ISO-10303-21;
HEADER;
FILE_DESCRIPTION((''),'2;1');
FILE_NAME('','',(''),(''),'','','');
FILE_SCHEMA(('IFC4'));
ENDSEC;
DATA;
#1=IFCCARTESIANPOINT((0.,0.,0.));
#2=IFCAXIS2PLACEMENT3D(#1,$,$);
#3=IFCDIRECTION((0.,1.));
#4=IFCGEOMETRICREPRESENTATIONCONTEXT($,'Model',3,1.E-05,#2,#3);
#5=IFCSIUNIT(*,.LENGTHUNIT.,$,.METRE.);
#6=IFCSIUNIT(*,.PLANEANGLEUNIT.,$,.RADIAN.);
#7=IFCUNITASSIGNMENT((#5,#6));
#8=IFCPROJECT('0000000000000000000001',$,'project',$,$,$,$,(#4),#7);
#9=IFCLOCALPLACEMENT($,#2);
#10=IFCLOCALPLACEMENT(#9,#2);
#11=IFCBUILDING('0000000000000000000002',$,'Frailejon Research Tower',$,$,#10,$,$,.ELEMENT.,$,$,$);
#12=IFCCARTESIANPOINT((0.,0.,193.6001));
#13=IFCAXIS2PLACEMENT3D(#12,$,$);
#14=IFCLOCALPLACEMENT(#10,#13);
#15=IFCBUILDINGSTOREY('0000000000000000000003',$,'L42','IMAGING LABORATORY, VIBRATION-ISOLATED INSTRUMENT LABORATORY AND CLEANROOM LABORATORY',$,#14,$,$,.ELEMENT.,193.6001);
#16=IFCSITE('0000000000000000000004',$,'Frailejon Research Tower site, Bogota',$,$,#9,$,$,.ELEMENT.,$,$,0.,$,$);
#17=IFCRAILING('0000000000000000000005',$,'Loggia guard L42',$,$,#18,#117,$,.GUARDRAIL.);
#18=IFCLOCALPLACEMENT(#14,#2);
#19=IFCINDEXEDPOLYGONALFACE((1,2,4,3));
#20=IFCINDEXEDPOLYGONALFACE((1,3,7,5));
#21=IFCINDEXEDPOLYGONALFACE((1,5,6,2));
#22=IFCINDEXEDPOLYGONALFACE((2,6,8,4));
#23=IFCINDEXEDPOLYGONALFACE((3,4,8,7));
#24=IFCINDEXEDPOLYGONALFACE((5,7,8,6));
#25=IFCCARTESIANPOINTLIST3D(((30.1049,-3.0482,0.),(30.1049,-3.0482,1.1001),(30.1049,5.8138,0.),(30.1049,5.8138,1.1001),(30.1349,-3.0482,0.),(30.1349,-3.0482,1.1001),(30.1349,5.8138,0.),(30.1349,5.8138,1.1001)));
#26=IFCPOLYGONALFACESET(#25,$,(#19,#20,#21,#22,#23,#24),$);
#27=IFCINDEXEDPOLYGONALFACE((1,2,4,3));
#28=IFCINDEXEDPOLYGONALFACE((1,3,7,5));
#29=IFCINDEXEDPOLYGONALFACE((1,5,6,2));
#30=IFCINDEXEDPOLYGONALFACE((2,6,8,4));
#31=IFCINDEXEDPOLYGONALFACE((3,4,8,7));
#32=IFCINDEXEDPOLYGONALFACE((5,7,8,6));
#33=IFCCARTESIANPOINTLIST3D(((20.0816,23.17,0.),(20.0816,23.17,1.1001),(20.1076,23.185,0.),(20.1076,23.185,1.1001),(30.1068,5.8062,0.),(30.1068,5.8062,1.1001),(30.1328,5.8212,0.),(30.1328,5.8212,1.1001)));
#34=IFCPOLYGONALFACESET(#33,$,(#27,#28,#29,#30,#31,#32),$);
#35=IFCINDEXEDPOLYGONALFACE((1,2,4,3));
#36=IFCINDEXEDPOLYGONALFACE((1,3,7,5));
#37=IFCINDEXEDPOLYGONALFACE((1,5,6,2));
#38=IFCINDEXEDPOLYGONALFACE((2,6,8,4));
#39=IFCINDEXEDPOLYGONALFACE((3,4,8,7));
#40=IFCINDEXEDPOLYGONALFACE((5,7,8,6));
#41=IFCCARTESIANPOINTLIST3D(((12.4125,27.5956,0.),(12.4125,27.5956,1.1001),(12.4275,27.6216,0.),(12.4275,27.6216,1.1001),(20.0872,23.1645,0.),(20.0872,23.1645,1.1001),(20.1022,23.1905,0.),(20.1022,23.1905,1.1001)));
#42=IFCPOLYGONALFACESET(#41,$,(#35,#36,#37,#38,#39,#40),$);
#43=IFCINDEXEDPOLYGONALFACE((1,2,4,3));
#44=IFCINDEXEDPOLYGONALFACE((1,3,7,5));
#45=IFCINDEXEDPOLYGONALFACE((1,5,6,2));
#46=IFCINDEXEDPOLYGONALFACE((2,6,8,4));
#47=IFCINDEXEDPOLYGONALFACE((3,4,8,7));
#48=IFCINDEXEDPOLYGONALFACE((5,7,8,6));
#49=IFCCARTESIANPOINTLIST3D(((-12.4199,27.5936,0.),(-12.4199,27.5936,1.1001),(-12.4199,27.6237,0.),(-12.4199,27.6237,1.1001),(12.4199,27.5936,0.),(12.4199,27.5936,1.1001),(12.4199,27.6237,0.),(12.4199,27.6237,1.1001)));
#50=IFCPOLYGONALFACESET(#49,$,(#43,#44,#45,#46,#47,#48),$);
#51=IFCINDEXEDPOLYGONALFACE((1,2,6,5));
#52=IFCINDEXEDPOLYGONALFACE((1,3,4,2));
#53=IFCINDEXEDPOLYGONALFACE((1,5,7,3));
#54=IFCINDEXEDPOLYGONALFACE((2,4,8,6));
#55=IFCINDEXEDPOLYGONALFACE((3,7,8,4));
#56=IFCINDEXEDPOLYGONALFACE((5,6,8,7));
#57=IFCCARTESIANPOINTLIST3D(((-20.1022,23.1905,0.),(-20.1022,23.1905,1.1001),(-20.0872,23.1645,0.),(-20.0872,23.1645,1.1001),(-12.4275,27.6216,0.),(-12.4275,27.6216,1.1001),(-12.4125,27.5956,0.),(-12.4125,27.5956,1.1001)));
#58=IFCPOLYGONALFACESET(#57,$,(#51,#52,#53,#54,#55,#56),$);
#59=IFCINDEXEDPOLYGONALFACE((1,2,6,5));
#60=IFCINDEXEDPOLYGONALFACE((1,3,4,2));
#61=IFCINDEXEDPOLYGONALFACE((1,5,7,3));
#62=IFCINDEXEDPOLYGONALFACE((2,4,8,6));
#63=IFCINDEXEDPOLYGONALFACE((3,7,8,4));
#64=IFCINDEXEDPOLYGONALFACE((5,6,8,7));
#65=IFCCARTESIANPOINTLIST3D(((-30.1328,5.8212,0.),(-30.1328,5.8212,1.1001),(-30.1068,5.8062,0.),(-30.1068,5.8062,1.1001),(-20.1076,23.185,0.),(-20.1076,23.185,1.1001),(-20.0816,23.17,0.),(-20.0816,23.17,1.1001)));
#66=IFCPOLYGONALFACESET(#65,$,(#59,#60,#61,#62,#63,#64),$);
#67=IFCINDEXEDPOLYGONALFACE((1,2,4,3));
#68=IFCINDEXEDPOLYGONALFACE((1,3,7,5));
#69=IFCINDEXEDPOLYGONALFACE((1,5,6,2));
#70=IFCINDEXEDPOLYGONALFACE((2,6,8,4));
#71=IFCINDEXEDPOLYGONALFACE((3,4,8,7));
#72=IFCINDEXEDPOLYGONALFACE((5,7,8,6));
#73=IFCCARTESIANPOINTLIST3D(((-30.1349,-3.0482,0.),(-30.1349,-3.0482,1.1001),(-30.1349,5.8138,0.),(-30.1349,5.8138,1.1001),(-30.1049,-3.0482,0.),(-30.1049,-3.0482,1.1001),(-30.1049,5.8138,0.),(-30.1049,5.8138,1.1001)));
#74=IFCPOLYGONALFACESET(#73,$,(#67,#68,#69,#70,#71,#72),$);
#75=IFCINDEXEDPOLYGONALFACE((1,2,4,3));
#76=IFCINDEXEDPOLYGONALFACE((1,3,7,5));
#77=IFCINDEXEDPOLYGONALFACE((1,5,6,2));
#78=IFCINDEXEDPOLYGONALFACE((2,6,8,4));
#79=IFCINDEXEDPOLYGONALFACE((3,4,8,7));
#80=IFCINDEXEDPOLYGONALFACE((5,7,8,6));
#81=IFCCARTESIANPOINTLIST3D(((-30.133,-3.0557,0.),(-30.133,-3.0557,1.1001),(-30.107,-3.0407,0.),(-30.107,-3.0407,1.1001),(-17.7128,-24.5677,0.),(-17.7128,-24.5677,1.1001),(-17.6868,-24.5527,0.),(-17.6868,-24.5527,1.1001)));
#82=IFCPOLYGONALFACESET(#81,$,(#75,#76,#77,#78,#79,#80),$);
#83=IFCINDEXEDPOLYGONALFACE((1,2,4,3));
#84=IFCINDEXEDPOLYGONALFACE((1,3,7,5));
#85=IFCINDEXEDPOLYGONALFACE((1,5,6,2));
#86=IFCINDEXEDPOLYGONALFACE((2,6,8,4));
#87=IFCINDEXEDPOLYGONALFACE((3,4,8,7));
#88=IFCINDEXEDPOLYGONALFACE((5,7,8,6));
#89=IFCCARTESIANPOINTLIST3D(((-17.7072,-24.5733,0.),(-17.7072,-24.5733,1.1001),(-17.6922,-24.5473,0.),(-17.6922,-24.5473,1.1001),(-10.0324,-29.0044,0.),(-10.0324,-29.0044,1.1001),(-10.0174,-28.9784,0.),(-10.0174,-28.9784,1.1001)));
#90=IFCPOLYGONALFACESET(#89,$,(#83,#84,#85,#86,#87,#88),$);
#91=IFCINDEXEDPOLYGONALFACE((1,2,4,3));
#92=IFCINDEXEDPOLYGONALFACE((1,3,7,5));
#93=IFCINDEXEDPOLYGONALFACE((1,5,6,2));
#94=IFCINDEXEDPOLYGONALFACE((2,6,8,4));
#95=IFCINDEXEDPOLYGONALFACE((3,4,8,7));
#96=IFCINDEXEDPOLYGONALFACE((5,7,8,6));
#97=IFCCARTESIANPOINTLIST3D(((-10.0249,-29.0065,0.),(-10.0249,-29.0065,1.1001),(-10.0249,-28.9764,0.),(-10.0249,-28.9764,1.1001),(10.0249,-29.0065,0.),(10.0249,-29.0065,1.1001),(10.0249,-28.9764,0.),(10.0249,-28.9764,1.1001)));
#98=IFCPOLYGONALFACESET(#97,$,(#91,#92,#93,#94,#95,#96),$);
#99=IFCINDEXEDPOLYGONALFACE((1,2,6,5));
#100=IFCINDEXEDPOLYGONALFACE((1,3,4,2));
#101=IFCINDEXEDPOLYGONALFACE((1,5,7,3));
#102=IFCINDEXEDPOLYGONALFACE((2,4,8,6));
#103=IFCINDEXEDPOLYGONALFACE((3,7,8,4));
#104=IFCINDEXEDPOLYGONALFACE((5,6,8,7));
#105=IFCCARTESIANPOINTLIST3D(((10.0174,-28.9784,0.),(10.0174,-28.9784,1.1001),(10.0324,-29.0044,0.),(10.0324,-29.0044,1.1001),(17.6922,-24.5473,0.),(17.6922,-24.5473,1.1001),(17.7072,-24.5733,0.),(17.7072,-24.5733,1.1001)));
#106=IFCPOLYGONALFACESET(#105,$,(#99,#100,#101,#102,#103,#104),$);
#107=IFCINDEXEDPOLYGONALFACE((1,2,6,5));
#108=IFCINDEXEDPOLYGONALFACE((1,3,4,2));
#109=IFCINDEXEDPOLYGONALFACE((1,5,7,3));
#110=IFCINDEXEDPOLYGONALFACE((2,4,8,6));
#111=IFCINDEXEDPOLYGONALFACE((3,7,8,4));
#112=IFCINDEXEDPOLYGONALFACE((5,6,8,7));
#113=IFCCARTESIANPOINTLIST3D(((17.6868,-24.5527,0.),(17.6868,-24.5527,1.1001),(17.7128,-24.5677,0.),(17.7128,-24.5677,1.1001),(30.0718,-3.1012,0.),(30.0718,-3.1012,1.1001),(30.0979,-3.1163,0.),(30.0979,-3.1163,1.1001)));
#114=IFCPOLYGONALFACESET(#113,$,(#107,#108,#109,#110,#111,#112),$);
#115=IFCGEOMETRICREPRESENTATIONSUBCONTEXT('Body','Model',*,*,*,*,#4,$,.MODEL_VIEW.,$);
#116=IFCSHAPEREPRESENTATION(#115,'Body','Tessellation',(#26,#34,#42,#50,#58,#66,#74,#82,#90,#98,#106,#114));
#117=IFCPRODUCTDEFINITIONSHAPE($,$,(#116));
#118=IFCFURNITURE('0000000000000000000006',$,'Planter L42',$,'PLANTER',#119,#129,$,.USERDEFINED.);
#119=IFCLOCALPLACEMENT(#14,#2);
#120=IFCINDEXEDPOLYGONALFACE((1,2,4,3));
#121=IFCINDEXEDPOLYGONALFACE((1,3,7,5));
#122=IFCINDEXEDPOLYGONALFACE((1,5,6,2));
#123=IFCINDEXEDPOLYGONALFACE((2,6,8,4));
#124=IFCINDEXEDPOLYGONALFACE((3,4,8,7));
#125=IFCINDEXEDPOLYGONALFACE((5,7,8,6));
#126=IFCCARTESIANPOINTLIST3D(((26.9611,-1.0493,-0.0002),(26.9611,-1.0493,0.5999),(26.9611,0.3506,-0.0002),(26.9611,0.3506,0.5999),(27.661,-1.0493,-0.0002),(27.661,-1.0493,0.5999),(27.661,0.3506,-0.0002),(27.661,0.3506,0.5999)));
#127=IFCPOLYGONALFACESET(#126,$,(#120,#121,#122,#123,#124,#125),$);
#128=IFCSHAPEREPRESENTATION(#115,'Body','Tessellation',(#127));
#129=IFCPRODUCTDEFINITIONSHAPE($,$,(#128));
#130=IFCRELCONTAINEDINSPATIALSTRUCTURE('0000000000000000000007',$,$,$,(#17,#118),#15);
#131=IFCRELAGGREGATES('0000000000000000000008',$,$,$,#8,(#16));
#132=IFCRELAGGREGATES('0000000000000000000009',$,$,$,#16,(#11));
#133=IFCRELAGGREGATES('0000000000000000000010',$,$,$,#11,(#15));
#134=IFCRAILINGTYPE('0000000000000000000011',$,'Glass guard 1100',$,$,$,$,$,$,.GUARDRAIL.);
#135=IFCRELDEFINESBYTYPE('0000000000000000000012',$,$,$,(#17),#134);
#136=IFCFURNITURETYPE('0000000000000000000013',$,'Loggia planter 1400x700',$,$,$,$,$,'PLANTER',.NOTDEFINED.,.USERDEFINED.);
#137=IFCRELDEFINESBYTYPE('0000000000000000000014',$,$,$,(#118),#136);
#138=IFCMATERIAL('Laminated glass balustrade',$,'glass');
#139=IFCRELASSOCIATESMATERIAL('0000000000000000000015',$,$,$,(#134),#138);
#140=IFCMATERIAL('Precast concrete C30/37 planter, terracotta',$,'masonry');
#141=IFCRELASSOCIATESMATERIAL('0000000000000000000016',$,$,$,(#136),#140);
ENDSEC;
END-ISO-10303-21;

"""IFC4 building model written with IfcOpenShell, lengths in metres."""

from ifc_helpers import new_model, si_unit, direction, frame, origin, origin_2d, place, context, subcontext, project, spatial, rectangle, extrude, material, type_object, element, save


model = new_model("IFC4")

# Units and contexts
model_context = context("Model", 3, precision=1e-05, world=origin(), true_north=direction((0.0, 1.0)))
body_context = subcontext(model_context, "Body", "Model", "MODEL_VIEW")
ifc_project = project(units=[si_unit("LENGTHUNIT", "METRE"), si_unit("PLANEANGLEUNIT", "RADIAN")], contexts=[model_context])

# Site, building, storey
site_placement = place(None, origin())
site = spatial("IfcSite", under=ifc_project, at=site_placement, Name="Frailejon Research Tower site, Bogota", CompositionType="ELEMENT", RefElevation=0.0)
building_placement = place(site_placement, origin())
building = spatial("IfcBuilding", under=site, at=building_placement, Name="Frailejon Research Tower", CompositionType="ELEMENT")
storey_placement = place(building_placement, frame((0.0, 0.0, 193.6001)))
storey = spatial("IfcBuildingStorey", under=building, at=storey_placement, Name="L42", Description="IMAGING LABORATORY, VIBRATION-ISOLATED INSTRUMENT LABORATORY AND CLEANROOM LABORATORY", CompositionType="ELEMENT", Elevation=193.6001)

# Railing
ifc_material_1 = material(Name="Laminated glass balustrade", Category="glass")
railing_type = type_object("IfcRailingType", Name="Glass guard 1100", PredefinedType="GUARDRAIL", material=ifc_material_1)
railing_placement = place(storey_placement, frame((30.1199, -3.0483, 0.0)))
element("IfcRailing", 1, at=railing_placement, inside=storey, type_object=railing_type, Name="Loggia guard L42", PredefinedType="GUARDRAIL", context=body_context, shape_type="SweptSolid", body=[
    extrude(rectangle(XDim=8.8621, YDim=0.03, at=origin_2d()), frame((0.0, 4.4312, 0.0), z_axis=(0.0, 0.0, 1.0), x_axis=(0.0, 1.0, 0.0)), (0.0, 0.0, 1.0), 1.1001),
    extrude(rectangle(XDim=20.05, YDim=0.03, at=origin_2d()), frame((-5.0127, 17.5439, 0.0), z_axis=(0.0, 0.0, 1.0), x_axis=(-0.500006, 0.866022, 0.0)), (0.0, 0.0, 1.0), 1.1001),
    extrude(rectangle(XDim=8.8621, YDim=0.03, at=origin_2d()), frame((-13.8625, 28.4414, 0.0), z_axis=(0.0, 0.0, 1.0), x_axis=(-0.86602, 0.500009, 0.0)), (0.0, 0.0, 1.0), 1.1001),
    extrude(rectangle(XDim=24.8398, YDim=0.03, at=origin_2d()), frame((-30.1199, 30.657, 0.0), z_axis=(0.0, 0.0, 1.0), x_axis=(-1.0, 0.0, 0.0)), (0.0, 0.0, 1.0), 1.1001),
    extrude(rectangle(XDim=8.8621, YDim=0.03, at=origin_2d()), frame((-46.3772, 28.4414, 0.0), z_axis=(0.0, 0.0, 1.0), x_axis=(-0.86602, -0.500009, 0.0)), (0.0, 0.0, 1.0), 1.1001),
    extrude(rectangle(XDim=20.05, YDim=0.03, at=origin_2d()), frame((-55.2271, 17.5439, 0.0), z_axis=(0.0, 0.0, 1.0), x_axis=(-0.500006, -0.866022, 0.0)), (0.0, 0.0, 1.0), 1.1001),
    extrude(rectangle(XDim=8.8621, YDim=0.03, at=origin_2d()), frame((-60.2397, 4.4312, 0.0), z_axis=(0.0, 0.0, 1.0), x_axis=(0.0, -1.0, 0.0)), (0.0, 0.0, 1.0), 1.1001),
    extrude(rectangle(XDim=24.8401, YDim=0.03, at=origin_2d()), frame((-54.0298, -10.7559, 0.0), z_axis=(0.0, 0.0, 1.0), x_axis=(0.500007, -0.866021, 0.0)), (0.0, 0.0, 1.0), 1.1001),
    extrude(rectangle(XDim=8.8621, YDim=0.03, at=origin_2d()), frame((-43.9822, -23.7275, 0.0), z_axis=(0.0, 0.0, 1.0), x_axis=(0.86602, -0.500009, 0.0)), (0.0, 0.0, 1.0), 1.1001),
    extrude(rectangle(XDim=20.0498, YDim=0.03, at=origin_2d()), frame((-30.1199, -25.9431, 0.0), z_axis=(0.0, 0.0, 1.0), x_axis=(1.0, 0.0, 0.0)), (0.0, 0.0, 1.0), 1.1001),
    extrude(rectangle(XDim=8.8621, YDim=0.03, at=origin_2d()), frame((-16.2576, -23.7275, 0.0), z_axis=(0.0, 0.0, 1.0), x_axis=(0.86602, 0.500009, 0.0)), (0.0, 0.0, 1.0), 1.1001),
    extrude(rectangle(XDim=24.77, YDim=0.03, at=origin_2d()), frame((-6.2275, -10.7861, 0.0), z_axis=(0.0, 0.0, 1.0), x_axis=(0.500001, 0.866025, 0.0)), (0.0, 0.0, 1.0), 1.1001),
])

# Furniture
ifc_material_2 = material(Name="Precast concrete C30/37 planter, terracotta", Category="masonry")
furniture_type = type_object("IfcFurnitureType", Name="Loggia planter 1400x700", ElementType="PLANTER", AssemblyPlace="NOTDEFINED", PredefinedType="USERDEFINED", material=ifc_material_2)
furniture_placement = place(storey_placement, frame((27.311, -0.3494, -0.0002), z_axis=(0.0, 0.0, 1.0), x_axis=(0.0, 1.0, 0.0)))
element("IfcFurniture", 2, at=furniture_placement, inside=storey, type_object=furniture_type, Name="Planter L42", ObjectType="PLANTER", PredefinedType="USERDEFINED", context=body_context, shape_type="SweptSolid", body=[
    extrude(rectangle(XDim=1.3999, YDim=0.7, at=origin_2d()), origin(), (0.0, 0.0, 1.0), 0.6001),
])

save(model, "model.ifc")
